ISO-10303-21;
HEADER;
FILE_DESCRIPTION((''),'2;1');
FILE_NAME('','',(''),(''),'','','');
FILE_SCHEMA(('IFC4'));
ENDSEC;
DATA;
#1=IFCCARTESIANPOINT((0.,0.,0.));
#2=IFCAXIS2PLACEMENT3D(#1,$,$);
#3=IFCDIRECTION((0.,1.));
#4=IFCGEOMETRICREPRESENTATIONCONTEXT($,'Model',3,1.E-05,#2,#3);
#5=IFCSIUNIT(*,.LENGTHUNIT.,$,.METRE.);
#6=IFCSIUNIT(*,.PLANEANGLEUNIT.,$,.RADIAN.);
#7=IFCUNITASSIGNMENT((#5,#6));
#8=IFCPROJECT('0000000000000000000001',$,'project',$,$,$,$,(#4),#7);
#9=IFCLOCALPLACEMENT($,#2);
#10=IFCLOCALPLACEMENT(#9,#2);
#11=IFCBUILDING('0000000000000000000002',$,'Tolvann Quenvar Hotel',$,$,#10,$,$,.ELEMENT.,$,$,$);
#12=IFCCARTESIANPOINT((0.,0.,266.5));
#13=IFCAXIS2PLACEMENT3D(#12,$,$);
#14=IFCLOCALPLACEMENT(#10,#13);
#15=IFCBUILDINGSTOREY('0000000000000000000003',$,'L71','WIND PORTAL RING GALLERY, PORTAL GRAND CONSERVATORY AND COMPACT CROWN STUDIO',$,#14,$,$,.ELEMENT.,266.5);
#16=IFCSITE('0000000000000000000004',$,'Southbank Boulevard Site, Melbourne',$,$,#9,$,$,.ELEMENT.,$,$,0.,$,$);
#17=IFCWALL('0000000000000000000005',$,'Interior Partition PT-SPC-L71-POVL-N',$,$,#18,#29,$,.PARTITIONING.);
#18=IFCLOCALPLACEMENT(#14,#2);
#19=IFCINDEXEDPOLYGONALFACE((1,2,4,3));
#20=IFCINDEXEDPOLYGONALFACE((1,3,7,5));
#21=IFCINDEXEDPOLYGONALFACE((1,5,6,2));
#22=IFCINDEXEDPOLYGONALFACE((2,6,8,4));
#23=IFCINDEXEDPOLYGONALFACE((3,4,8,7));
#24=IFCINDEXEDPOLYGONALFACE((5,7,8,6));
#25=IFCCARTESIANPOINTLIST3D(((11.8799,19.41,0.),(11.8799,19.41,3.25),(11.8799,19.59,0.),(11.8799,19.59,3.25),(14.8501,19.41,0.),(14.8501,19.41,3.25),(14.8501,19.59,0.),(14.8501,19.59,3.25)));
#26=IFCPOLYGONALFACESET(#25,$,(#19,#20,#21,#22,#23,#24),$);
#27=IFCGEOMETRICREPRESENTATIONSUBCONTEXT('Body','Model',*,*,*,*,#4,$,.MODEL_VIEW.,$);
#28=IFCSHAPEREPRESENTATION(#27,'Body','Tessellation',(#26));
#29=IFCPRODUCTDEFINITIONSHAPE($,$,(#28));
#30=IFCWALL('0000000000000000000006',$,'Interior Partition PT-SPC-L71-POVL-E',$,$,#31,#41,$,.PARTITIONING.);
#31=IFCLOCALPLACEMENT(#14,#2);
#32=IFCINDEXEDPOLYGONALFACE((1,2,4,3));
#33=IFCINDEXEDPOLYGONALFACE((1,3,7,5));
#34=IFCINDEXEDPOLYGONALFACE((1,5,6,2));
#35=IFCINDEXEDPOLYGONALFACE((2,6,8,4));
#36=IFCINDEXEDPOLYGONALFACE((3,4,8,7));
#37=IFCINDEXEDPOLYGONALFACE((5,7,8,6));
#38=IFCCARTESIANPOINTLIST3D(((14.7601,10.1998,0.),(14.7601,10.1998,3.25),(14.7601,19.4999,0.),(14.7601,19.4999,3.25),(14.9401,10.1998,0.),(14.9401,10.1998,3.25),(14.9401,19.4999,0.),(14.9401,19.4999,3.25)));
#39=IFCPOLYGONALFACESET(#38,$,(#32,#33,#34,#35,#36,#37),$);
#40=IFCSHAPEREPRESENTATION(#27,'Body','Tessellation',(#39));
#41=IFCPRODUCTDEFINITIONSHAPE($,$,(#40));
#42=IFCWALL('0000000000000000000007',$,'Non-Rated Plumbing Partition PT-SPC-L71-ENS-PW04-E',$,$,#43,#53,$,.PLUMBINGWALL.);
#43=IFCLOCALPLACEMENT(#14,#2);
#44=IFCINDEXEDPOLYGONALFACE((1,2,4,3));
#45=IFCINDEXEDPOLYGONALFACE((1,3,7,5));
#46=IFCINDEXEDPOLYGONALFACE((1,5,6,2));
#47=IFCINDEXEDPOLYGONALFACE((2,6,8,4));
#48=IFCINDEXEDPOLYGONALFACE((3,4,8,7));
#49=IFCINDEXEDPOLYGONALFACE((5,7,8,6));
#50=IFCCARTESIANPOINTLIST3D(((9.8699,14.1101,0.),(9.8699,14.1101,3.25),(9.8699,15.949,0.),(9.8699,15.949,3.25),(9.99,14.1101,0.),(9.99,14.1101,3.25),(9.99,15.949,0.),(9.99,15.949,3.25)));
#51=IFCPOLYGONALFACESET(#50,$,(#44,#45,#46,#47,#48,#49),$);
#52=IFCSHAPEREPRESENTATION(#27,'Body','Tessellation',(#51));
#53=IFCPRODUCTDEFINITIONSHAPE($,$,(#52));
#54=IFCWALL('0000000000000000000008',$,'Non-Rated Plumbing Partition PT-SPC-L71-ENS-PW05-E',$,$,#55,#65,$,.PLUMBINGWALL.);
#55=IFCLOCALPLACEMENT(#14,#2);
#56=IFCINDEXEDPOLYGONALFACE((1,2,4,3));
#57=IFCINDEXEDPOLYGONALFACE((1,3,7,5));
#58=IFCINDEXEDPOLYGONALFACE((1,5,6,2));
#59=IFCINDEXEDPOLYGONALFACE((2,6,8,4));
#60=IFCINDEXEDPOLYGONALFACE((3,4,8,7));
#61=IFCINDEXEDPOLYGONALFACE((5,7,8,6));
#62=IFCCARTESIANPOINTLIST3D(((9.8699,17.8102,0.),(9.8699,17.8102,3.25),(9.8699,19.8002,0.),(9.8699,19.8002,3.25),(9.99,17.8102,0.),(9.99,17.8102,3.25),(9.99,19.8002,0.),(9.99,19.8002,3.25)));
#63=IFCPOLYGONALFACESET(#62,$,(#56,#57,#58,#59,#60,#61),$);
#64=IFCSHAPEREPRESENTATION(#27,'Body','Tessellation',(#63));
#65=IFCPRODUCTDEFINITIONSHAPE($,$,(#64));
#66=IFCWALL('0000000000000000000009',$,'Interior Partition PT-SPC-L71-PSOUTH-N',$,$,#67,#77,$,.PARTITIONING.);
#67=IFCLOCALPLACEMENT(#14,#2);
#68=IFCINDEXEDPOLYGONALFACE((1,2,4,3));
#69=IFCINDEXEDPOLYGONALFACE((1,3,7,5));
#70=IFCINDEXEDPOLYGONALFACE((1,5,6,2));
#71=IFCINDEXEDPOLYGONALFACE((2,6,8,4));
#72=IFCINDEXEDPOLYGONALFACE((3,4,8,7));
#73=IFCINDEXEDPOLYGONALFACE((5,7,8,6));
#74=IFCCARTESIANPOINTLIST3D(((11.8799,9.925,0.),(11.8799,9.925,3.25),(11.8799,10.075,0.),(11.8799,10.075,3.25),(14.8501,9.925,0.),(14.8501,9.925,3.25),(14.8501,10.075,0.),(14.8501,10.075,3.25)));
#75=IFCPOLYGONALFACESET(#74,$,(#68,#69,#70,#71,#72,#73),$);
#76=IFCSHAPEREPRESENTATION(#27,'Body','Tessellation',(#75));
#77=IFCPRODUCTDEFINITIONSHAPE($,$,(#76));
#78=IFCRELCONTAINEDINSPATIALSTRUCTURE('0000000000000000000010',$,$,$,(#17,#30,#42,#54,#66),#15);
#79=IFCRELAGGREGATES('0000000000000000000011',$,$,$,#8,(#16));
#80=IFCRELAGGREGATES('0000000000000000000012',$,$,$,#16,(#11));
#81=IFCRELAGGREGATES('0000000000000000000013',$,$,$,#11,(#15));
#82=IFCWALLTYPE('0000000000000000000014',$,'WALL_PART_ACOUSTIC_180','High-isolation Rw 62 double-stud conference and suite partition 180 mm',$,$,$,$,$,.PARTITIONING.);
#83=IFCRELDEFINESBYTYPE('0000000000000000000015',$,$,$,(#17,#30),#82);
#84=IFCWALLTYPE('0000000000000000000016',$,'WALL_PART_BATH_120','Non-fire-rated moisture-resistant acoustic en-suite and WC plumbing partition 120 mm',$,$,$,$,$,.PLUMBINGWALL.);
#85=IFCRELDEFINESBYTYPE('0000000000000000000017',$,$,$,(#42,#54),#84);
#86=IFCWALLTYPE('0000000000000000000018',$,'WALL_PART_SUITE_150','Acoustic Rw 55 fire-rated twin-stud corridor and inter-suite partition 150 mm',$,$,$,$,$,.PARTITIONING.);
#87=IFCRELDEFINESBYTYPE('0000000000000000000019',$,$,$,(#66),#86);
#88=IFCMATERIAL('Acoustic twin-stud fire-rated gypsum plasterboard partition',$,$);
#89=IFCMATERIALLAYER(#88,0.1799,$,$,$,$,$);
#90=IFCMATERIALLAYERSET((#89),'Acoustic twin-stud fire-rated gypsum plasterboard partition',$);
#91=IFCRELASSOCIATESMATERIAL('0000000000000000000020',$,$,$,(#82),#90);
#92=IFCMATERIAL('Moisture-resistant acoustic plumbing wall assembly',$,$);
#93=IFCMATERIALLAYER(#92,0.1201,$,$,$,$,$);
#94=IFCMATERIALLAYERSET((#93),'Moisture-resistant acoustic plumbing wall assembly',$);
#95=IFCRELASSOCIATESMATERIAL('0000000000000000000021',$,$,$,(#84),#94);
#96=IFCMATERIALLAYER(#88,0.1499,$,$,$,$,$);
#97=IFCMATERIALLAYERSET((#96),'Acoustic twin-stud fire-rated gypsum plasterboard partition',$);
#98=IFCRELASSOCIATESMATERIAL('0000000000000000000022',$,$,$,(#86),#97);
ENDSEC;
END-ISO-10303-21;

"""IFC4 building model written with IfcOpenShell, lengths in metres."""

from ifc_helpers import new_model, si_unit, direction, frame, frame_2d, origin, place, context, subcontext, project, spatial, rectangle, extrude, material, layer, layer_set, type_object, element, save


model = new_model("IFC4")

# Units and contexts
model_context = context("Model", 3, precision=1e-05, world=origin(), true_north=direction((0.0, 1.0)))
body_context = subcontext(model_context, "Body", "Model", "MODEL_VIEW")
ifc_project = project(units=[si_unit("LENGTHUNIT", "METRE"), si_unit("PLANEANGLEUNIT", "RADIAN")], contexts=[model_context])

# Site, building, storey
site_placement = place(None, origin())
site = spatial("IfcSite", under=ifc_project, at=site_placement, Name="Southbank Boulevard Site, Melbourne", CompositionType="ELEMENT", RefElevation=0.0)
building_placement = place(site_placement, origin())
building = spatial("IfcBuilding", under=site, at=building_placement, Name="Tolvann Quenvar Hotel", CompositionType="ELEMENT")
storey_placement = place(building_placement, frame((0.0, 0.0, 266.5)))
storey = spatial("IfcBuildingStorey", under=building, at=storey_placement, Name="L71", Description="WIND PORTAL RING GALLERY, PORTAL GRAND CONSERVATORY AND COMPACT CROWN STUDIO", CompositionType="ELEMENT", Elevation=266.5)

# Wall
ifc_material_1 = material(Name="Acoustic twin-stud fire-rated gypsum plasterboard partition")
ifc_layer_1 = layer(ifc_material_1, 0.1799)
ifc_layer_set_1 = layer_set([ifc_layer_1], Name="Acoustic twin-stud fire-rated gypsum plasterboard partition")
wall_type_1 = type_object("IfcWallType", Name="WALL_PART_ACOUSTIC_180", Description="High-isolation Rw 62 double-stud conference and suite partition 180 mm", PredefinedType="PARTITIONING", material=ifc_layer_set_1)
for number, where, z_axis, x_axis, name in (
    (1, (11.8799, 19.5, 0.0), (0.0, 0.0, 1.0), (1.0, 0.0, 0.0), "Interior Partition PT-SPC-L71-POVL-N"),
):
    element("IfcWall", number, at=place(storey_placement, frame(where, z_axis=z_axis, x_axis=x_axis)), inside=storey, type_object=wall_type_1, Name=name, PredefinedType="PARTITIONING", context=body_context, shape_type="SweptSolid", body=[
        extrude(rectangle(XDim=2.9702, YDim=0.1799, at=frame_2d((1.4851, 0.0))), origin(), (0.0, 0.0, 1.0), 3.25),
    ])

# Walls
wall_1_placement = place(storey_placement, frame((14.8501, 10.2, 0.0), z_axis=(0.0, 0.0, 1.0), x_axis=(0.0, 1.0, 0.0)))
element("IfcWall", 2, at=wall_1_placement, inside=storey, type_object=wall_type_1, Name="Interior Partition PT-SPC-L71-POVL-E", PredefinedType="PARTITIONING", context=body_context, shape_type="SweptSolid", body=[
    extrude(rectangle(XDim=9.3, YDim=0.1799, at=frame_2d((4.6499, 0.0))), origin(), (0.0, 0.0, 1.0), 3.25),
])
ifc_material_2 = material(Name="Moisture-resistant acoustic plumbing wall assembly")
ifc_layer_2 = layer(ifc_material_2, 0.1201)
ifc_layer_set_2 = layer_set([ifc_layer_2], Name="Moisture-resistant acoustic plumbing wall assembly")
wall_type_2 = type_object("IfcWallType", Name="WALL_PART_BATH_120", Description="Non-fire-rated moisture-resistant acoustic en-suite and WC plumbing partition 120 mm", PredefinedType="PLUMBINGWALL", material=ifc_layer_set_2)
wall_2_placement = place(storey_placement, frame((9.9299, 14.1101, 0.0), z_axis=(0.0, 0.0, 1.0), x_axis=(0.0, 1.0, 0.0)))
element("IfcWall", 3, at=wall_2_placement, inside=storey, type_object=wall_type_2, Name="Non-Rated Plumbing Partition PT-SPC-L71-ENS-PW04-E", PredefinedType="PLUMBINGWALL", context=body_context, shape_type="SweptSolid", body=[
    extrude(rectangle(XDim=1.8389, YDim=0.1201, at=frame_2d((0.9194, 0.0))), origin(), (0.0, 0.0, 1.0), 3.25),
])
wall_3_placement = place(storey_placement, frame((9.9299, 17.8101, 0.0), z_axis=(0.0, 0.0, 1.0), x_axis=(0.0, 1.0, 0.0)))
element("IfcWall", 4, at=wall_3_placement, inside=storey, type_object=wall_type_2, Name="Non-Rated Plumbing Partition PT-SPC-L71-ENS-PW05-E", PredefinedType="PLUMBINGWALL", context=body_context, shape_type="SweptSolid", body=[
    extrude(rectangle(XDim=1.99, YDim=0.1201, at=frame_2d((0.9951, 0.0))), origin(), (0.0, 0.0, 1.0), 3.25),
])

# Shared definitions
ifc_layer_3 = layer(ifc_material_1, 0.1499)
ifc_layer_set_3 = layer_set([ifc_layer_3], Name="Acoustic twin-stud fire-rated gypsum plasterboard partition")
wall_type_3 = type_object("IfcWallType", Name="WALL_PART_SUITE_150", Description="Acoustic Rw 55 fire-rated twin-stud corridor and inter-suite partition 150 mm", PredefinedType="PARTITIONING", material=ifc_layer_set_3)

# Wall
wall_4_placement = place(storey_placement, frame((11.8799, 10.0, 0.0), z_axis=(0.0, 0.0, 1.0), x_axis=(1.0, 0.0, 0.0)))
element("IfcWall", 5, at=wall_4_placement, inside=storey, type_object=wall_type_3, Name="Interior Partition PT-SPC-L71-PSOUTH-N", PredefinedType="PARTITIONING", context=body_context, shape_type="SweptSolid", body=[
    extrude(rectangle(XDim=2.9702, YDim=0.1499, at=frame_2d((1.4851, 0.0))), origin(), (0.0, 0.0, 1.0), 3.25),
])

save(model, "model.ifc")
